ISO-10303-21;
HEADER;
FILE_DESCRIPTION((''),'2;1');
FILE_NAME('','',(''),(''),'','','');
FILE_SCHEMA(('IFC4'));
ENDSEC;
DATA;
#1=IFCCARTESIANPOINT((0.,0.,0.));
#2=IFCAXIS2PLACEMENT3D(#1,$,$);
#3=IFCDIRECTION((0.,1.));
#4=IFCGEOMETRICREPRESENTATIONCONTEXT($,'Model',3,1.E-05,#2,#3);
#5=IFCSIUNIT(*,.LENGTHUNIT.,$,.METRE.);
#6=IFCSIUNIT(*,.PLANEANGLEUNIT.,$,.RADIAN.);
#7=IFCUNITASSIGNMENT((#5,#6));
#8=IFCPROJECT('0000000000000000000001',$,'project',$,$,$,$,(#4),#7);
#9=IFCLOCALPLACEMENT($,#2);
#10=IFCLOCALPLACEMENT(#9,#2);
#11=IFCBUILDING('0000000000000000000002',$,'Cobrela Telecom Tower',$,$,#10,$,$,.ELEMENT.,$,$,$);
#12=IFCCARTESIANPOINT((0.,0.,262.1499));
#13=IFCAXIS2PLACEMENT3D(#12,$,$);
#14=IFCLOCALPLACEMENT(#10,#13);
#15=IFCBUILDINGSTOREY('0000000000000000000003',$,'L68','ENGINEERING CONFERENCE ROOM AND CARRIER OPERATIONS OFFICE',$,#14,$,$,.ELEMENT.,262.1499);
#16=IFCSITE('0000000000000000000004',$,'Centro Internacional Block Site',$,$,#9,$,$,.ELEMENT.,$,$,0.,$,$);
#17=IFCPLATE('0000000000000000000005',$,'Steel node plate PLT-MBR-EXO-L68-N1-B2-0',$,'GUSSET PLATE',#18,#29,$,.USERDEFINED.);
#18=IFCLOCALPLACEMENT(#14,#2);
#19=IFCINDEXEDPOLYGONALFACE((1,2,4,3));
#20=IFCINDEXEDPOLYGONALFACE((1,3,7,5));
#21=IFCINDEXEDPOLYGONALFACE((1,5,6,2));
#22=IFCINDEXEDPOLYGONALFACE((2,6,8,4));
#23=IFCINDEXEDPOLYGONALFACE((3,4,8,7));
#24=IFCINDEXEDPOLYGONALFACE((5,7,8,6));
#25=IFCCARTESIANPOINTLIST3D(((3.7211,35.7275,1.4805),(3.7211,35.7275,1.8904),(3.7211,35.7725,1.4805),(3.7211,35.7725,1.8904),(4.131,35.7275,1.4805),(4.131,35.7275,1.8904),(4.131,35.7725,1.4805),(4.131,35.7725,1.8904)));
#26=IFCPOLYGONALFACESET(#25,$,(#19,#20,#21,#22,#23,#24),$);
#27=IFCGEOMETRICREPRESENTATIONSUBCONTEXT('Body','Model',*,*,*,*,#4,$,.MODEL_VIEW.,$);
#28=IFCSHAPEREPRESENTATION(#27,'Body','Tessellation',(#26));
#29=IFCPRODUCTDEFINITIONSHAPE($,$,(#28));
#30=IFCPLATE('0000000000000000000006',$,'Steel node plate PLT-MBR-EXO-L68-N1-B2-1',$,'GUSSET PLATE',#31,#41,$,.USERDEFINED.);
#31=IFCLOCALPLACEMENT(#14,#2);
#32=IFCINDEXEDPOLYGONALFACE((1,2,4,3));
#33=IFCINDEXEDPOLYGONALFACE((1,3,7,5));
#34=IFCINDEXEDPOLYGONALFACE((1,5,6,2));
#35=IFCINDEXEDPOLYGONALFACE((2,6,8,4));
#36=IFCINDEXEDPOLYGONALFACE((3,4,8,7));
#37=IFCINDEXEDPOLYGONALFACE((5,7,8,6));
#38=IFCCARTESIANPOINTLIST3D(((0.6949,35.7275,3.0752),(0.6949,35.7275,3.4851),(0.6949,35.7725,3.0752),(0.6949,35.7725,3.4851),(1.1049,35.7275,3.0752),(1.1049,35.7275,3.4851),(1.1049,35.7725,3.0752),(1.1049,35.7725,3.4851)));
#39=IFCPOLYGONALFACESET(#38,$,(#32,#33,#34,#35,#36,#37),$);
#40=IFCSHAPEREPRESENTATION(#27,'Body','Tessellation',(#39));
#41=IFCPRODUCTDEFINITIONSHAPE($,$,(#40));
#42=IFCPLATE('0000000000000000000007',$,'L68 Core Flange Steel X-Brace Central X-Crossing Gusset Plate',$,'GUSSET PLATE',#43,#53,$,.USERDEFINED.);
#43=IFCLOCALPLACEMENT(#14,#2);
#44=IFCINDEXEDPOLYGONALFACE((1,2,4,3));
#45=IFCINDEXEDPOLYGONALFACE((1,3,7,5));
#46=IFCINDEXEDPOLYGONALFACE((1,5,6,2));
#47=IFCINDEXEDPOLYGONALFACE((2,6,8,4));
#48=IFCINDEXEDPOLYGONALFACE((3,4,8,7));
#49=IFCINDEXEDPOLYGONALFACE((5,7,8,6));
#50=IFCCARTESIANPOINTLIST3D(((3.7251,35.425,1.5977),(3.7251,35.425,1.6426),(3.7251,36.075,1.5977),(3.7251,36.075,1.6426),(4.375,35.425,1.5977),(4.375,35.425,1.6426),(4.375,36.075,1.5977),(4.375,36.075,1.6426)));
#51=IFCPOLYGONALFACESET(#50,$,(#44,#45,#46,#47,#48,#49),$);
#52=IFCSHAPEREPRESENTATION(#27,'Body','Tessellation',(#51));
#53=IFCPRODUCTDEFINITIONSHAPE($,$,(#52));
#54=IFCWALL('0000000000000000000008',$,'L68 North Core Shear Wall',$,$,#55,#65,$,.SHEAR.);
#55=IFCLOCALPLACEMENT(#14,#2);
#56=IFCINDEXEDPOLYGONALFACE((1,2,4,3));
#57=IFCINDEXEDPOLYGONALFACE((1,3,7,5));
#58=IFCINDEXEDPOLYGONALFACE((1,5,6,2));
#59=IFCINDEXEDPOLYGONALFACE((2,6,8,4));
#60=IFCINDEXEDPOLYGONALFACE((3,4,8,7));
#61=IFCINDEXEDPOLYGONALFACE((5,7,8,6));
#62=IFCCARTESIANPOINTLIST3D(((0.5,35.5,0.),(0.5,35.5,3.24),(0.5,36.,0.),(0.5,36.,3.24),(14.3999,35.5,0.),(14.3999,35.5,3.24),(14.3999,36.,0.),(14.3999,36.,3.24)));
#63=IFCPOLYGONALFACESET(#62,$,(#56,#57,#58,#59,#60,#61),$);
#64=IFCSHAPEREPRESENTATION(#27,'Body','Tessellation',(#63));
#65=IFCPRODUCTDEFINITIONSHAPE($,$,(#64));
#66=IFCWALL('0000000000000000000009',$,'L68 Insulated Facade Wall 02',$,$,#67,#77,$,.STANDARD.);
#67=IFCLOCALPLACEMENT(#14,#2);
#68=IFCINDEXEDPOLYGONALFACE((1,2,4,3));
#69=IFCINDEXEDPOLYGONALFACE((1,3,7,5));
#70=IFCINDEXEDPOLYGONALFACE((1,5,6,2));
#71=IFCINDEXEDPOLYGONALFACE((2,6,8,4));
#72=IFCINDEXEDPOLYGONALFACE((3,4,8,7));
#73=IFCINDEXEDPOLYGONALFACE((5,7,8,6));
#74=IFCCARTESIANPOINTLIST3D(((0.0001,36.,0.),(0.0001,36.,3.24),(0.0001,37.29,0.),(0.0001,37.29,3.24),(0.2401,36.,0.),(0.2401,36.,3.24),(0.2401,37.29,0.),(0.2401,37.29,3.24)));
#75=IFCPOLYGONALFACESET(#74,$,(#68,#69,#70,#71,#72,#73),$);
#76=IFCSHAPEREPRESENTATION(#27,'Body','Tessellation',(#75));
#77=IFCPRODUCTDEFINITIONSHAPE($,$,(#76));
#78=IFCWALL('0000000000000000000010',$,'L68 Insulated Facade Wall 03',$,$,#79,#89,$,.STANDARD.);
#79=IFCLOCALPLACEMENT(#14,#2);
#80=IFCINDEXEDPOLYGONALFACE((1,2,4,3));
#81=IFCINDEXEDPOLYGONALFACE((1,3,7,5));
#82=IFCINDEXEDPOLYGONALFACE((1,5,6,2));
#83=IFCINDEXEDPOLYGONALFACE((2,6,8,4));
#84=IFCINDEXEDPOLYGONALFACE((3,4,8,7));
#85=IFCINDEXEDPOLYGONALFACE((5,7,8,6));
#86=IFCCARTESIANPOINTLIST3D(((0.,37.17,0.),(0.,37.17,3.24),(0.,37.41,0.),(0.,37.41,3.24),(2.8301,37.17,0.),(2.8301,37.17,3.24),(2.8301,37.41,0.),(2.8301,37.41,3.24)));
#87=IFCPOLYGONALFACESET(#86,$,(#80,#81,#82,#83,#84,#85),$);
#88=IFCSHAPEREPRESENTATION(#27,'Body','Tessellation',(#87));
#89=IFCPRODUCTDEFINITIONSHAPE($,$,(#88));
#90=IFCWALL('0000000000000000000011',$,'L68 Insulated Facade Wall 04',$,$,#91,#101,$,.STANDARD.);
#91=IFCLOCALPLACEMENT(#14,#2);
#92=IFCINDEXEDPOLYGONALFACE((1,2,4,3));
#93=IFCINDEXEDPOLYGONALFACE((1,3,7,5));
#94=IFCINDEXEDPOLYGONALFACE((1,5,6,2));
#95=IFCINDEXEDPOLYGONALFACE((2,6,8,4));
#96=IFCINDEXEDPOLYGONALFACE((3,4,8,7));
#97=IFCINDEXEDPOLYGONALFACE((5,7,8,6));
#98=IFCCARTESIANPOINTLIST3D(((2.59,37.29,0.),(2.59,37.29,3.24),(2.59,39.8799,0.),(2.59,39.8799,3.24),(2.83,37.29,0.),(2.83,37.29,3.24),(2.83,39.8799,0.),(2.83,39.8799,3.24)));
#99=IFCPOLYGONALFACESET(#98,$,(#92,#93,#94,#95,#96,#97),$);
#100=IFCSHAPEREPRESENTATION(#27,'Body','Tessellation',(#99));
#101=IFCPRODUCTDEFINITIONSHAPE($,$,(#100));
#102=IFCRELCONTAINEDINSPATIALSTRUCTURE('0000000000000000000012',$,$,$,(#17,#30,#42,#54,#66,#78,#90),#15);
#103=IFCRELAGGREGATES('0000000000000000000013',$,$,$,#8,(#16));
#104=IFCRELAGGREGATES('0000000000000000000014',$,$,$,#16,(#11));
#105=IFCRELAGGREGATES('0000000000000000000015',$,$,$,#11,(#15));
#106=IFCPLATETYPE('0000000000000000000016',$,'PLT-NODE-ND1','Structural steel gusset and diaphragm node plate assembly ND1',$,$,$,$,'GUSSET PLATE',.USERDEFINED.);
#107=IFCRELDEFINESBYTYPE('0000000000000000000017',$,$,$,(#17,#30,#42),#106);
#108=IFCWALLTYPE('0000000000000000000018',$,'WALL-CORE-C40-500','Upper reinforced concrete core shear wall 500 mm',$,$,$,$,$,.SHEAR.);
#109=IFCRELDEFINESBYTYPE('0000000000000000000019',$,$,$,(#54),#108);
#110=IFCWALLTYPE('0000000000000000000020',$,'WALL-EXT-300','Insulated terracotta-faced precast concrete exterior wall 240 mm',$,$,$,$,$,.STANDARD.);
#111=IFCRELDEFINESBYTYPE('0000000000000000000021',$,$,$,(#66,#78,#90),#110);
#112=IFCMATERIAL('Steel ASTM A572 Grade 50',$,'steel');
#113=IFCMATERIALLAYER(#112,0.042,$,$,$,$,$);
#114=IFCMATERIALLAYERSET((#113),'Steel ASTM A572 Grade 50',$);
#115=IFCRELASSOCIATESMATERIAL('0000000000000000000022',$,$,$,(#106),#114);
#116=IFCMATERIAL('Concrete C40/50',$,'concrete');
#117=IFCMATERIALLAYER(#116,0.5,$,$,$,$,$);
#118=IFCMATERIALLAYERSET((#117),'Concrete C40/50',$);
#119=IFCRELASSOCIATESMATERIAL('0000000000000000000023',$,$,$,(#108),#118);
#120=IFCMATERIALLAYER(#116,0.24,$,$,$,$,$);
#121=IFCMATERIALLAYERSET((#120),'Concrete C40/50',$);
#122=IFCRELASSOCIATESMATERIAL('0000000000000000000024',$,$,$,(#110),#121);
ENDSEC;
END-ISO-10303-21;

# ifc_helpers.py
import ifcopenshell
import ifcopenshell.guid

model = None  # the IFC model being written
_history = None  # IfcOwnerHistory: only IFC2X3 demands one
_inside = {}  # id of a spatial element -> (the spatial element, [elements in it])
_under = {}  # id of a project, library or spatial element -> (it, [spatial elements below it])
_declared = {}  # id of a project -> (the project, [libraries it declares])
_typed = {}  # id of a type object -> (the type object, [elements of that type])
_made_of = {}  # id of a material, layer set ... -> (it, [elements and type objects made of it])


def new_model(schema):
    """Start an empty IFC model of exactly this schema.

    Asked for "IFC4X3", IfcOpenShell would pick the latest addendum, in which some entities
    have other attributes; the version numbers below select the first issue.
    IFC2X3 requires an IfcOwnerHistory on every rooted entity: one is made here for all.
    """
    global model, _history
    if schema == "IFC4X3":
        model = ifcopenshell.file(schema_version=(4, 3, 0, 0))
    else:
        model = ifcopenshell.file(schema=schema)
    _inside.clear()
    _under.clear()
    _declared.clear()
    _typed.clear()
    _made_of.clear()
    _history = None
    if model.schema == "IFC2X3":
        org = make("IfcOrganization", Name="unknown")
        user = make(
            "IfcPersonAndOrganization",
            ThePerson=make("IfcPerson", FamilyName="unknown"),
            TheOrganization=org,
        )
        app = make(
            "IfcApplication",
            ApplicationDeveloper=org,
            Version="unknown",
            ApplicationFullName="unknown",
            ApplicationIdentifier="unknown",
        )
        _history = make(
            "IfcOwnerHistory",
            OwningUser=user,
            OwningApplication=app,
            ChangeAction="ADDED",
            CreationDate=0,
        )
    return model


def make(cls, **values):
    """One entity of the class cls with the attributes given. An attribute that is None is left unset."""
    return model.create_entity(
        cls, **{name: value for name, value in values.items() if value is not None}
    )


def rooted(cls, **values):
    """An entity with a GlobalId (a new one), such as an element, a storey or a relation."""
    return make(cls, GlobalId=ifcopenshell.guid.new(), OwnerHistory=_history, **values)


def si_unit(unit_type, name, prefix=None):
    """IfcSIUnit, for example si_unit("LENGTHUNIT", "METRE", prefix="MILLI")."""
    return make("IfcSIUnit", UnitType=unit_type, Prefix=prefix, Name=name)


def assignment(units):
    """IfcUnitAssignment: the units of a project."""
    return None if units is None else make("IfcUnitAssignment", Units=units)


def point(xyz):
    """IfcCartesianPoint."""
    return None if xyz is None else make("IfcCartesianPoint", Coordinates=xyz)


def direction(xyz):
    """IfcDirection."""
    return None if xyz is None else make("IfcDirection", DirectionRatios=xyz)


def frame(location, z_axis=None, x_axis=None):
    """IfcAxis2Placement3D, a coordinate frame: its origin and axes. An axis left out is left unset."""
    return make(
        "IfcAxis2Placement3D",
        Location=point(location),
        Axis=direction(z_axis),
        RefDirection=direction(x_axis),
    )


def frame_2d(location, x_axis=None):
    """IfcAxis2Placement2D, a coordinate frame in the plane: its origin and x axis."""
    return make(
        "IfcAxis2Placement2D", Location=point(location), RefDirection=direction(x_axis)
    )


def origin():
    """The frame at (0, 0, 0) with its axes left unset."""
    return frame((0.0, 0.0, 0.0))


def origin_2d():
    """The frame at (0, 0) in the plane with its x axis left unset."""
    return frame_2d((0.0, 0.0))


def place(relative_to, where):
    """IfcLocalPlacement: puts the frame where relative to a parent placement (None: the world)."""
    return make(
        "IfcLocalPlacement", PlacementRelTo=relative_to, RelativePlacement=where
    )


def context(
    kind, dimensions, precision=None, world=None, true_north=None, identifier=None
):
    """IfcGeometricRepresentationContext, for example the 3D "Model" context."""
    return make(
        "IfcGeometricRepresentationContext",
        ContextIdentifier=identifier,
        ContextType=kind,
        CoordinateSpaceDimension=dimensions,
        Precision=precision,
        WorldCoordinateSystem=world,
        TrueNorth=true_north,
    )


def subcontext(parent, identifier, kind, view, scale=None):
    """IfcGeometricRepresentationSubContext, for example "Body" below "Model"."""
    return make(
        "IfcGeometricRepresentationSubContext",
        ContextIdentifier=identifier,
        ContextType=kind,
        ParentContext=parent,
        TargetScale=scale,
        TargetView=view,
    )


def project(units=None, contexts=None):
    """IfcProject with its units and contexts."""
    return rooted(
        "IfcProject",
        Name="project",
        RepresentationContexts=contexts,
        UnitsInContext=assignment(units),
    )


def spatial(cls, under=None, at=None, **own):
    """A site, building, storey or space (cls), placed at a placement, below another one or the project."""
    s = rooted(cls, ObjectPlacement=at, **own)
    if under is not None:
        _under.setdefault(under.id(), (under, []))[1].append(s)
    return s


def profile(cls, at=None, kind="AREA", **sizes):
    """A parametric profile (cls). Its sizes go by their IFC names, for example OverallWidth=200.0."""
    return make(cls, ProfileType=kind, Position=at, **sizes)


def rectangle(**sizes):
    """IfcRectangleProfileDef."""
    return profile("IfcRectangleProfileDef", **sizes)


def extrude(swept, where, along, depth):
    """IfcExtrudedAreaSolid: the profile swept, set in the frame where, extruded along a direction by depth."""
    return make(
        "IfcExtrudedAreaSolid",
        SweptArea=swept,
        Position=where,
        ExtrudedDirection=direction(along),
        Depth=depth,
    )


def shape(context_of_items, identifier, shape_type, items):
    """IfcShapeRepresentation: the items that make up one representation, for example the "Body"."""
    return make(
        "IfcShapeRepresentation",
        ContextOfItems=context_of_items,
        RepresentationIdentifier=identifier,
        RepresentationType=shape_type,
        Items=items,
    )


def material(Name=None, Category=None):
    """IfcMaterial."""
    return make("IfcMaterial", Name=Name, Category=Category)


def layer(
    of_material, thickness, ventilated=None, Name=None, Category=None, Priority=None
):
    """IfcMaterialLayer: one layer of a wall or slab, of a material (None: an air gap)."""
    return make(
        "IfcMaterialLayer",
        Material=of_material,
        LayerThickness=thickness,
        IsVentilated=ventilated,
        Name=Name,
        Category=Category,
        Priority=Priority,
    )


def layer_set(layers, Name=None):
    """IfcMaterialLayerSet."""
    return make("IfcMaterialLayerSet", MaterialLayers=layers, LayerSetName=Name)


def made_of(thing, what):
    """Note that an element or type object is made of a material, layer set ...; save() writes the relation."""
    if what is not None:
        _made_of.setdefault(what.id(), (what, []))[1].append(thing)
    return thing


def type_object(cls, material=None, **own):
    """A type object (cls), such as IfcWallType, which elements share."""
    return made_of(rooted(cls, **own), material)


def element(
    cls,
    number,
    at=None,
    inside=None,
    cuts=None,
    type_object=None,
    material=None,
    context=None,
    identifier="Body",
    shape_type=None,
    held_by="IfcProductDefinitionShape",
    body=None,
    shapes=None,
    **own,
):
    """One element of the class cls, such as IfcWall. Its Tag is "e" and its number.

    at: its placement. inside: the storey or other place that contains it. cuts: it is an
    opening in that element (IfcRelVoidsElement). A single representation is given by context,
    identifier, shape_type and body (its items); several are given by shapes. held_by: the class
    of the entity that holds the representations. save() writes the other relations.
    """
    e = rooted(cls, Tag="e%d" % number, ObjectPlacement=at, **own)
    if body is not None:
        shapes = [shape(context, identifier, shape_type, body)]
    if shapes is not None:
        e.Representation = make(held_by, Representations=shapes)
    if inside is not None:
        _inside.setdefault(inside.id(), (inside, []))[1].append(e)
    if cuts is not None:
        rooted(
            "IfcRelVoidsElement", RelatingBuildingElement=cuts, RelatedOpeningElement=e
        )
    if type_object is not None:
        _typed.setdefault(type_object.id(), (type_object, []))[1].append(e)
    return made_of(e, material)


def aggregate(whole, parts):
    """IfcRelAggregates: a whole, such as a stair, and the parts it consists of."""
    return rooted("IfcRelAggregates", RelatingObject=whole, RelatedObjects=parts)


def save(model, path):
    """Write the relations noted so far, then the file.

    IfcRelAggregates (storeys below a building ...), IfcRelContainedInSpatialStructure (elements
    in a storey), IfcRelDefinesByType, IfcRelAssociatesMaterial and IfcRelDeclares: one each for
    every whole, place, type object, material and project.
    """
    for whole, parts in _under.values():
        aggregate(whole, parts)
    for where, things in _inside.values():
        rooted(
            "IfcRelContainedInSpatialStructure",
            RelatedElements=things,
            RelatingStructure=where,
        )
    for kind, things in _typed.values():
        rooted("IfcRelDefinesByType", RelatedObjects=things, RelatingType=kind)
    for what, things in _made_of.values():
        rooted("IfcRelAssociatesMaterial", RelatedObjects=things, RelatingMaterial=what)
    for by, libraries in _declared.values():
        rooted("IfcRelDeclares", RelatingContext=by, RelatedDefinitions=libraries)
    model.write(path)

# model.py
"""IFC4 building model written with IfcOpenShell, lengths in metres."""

from ifc_helpers import new_model, si_unit, direction, frame, frame_2d, origin, origin_2d, place, context, subcontext, project, spatial, rectangle, extrude, material, layer, layer_set, type_object, element, save


model = new_model("IFC4")

# Units and contexts
model_context = context("Model", 3, precision=1e-05, world=origin(), true_north=direction((0.0, 1.0)))
body_context = subcontext(model_context, "Body", "Model", "MODEL_VIEW")
ifc_project = project(units=[si_unit("LENGTHUNIT", "METRE"), si_unit("PLANEANGLEUNIT", "RADIAN")], contexts=[model_context])

# Site, building, storey
site_placement = place(None, origin())
site = spatial("IfcSite", under=ifc_project, at=site_placement, Name="Centro Internacional Block Site", CompositionType="ELEMENT", RefElevation=0.0)
building_placement = place(site_placement, origin())
building = spatial("IfcBuilding", under=site, at=building_placement, Name="Cobrela Telecom Tower", CompositionType="ELEMENT")
storey_placement = place(building_placement, frame((0.0, 0.0, 262.1499)))
storey = spatial("IfcBuildingStorey", under=building, at=storey_placement, Name="L68", Description="ENGINEERING CONFERENCE ROOM AND CARRIER OPERATIONS OFFICE", CompositionType="ELEMENT", Elevation=262.1499)

# Shared definitions
ifc_material_1 = material(Name="Steel ASTM A572 Grade 50", Category="steel")

# Plates
ifc_layer_1 = layer(ifc_material_1, 0.042)
ifc_layer_set_1 = layer_set([ifc_layer_1], Name="Steel ASTM A572 Grade 50")
plate_type_1 = type_object("IfcPlateType", Name="PLT-NODE-ND1", Description="Structural steel gusset and diaphragm node plate assembly ND1", ElementType="GUSSET PLATE", PredefinedType="USERDEFINED", material=ifc_layer_set_1)
for number, where, z_axis, x_axis, name in (
    (1, (3.926, 35.75, 1.4805), (0.0, 0.0, 1.0), (-1.0, 0.0, 0.0), "Steel node plate PLT-MBR-EXO-L68-N1-B2-0"),
    (2, (0.8999, 35.75, 3.0752), (0.0, 0.0, 1.0), (-1.0, 0.0, 0.0), "Steel node plate PLT-MBR-EXO-L68-N1-B2-1"),
):
    element("IfcPlate", number, at=place(storey_placement, frame(where, z_axis=z_axis, x_axis=x_axis)), inside=storey, type_object=plate_type_1, Name=name, ObjectType="GUSSET PLATE", PredefinedType="USERDEFINED", context=body_context, shape_type="SweptSolid", body=[
        extrude(rectangle(XDim=0.4099, YDim=0.0449, at=origin_2d()), origin(), (0.0, 0.0, 1.0), 0.4099),
    ])
plate_1_placement = place(storey_placement, frame((4.05, 35.75, 1.5977), z_axis=(0.0, 0.0, 1.0), x_axis=(1.0, 0.0, 0.0)))
element("IfcPlate", 3, at=plate_1_placement, inside=storey, type_object=plate_type_1, Name="L68 Core Flange Steel X-Brace Central X-Crossing Gusset Plate", ObjectType="GUSSET PLATE", PredefinedType="USERDEFINED", context=body_context, shape_type="SweptSolid", body=[
    extrude(rectangle(XDim=0.6499, YDim=0.6499, at=origin_2d()), origin(), (0.0, 0.0, 1.0), 0.0449),
])

# Walls
ifc_material_2 = material(Name="Concrete C40/50", Category="concrete")
ifc_layer_2 = layer(ifc_material_2, 0.5)
ifc_layer_set_2 = layer_set([ifc_layer_2], Name="Concrete C40/50")
wall_type_1 = type_object("IfcWallType", Name="WALL-CORE-C40-500", Description="Upper reinforced concrete core shear wall 500 mm", PredefinedType="SHEAR", material=ifc_layer_set_2)
wall_1_placement = place(storey_placement, frame((0.5, 35.75, 0.0), z_axis=(0.0, 0.0, 1.0), x_axis=(1.0, 0.0, 0.0)))
element("IfcWall", 4, at=wall_1_placement, inside=storey, type_object=wall_type_1, Name="L68 North Core Shear Wall", PredefinedType="SHEAR", context=body_context, shape_type="SweptSolid", body=[
    extrude(rectangle(XDim=13.8999, YDim=0.5, at=frame_2d((6.95, 0.0))), origin(), (0.0, 0.0, 1.0), 3.24),
])
ifc_layer_3 = layer(ifc_material_2, 0.24)
ifc_layer_set_3 = layer_set([ifc_layer_3], Name="Concrete C40/50")
wall_type_2 = type_object("IfcWallType", Name="WALL-EXT-300", Description="Insulated terracotta-faced precast concrete exterior wall 240 mm", PredefinedType="STANDARD", material=ifc_layer_set_3)
wall_2_placement = place(storey_placement, frame((0.1201, 36.0, 0.0), z_axis=(0.0, 0.0, 1.0), x_axis=(0.0, 1.0, 0.0)))
element("IfcWall", 5, at=wall_2_placement, inside=storey, type_object=wall_type_2, Name="L68 Insulated Facade Wall 02", PredefinedType="STANDARD", context=body_context, shape_type="SweptSolid", body=[
    extrude(rectangle(XDim=1.29, YDim=0.24, at=frame_2d((0.645, 0.0))), origin(), (0.0, 0.0, 1.0), 3.24),
])
wall_3_placement = place(storey_placement, frame((0.0, 37.29, 0.0), z_axis=(0.0, 0.0, 1.0), x_axis=(1.0, 0.0, 0.0)))
element("IfcWall", 6, at=wall_3_placement, inside=storey, type_object=wall_type_2, Name="L68 Insulated Facade Wall 03", PredefinedType="STANDARD", context=body_context, shape_type="SweptSolid", body=[
    extrude(rectangle(XDim=2.8301, YDim=0.24, at=frame_2d((1.415, 0.0))), origin(), (0.0, 0.0, 1.0), 3.24),
])
wall_4_placement = place(storey_placement, frame((2.71, 37.29, 0.0), z_axis=(0.0, 0.0, 1.0), x_axis=(0.0, 1.0, 0.0)))
element("IfcWall", 7, at=wall_4_placement, inside=storey, type_object=wall_type_2, Name="L68 Insulated Facade Wall 04", PredefinedType="STANDARD", context=body_context, shape_type="SweptSolid", body=[
    extrude(rectangle(XDim=2.5898, YDim=0.24, at=frame_2d((1.2949, 0.0))), origin(), (0.0, 0.0, 1.0), 3.24),
])

save(model, "model.ifc")
